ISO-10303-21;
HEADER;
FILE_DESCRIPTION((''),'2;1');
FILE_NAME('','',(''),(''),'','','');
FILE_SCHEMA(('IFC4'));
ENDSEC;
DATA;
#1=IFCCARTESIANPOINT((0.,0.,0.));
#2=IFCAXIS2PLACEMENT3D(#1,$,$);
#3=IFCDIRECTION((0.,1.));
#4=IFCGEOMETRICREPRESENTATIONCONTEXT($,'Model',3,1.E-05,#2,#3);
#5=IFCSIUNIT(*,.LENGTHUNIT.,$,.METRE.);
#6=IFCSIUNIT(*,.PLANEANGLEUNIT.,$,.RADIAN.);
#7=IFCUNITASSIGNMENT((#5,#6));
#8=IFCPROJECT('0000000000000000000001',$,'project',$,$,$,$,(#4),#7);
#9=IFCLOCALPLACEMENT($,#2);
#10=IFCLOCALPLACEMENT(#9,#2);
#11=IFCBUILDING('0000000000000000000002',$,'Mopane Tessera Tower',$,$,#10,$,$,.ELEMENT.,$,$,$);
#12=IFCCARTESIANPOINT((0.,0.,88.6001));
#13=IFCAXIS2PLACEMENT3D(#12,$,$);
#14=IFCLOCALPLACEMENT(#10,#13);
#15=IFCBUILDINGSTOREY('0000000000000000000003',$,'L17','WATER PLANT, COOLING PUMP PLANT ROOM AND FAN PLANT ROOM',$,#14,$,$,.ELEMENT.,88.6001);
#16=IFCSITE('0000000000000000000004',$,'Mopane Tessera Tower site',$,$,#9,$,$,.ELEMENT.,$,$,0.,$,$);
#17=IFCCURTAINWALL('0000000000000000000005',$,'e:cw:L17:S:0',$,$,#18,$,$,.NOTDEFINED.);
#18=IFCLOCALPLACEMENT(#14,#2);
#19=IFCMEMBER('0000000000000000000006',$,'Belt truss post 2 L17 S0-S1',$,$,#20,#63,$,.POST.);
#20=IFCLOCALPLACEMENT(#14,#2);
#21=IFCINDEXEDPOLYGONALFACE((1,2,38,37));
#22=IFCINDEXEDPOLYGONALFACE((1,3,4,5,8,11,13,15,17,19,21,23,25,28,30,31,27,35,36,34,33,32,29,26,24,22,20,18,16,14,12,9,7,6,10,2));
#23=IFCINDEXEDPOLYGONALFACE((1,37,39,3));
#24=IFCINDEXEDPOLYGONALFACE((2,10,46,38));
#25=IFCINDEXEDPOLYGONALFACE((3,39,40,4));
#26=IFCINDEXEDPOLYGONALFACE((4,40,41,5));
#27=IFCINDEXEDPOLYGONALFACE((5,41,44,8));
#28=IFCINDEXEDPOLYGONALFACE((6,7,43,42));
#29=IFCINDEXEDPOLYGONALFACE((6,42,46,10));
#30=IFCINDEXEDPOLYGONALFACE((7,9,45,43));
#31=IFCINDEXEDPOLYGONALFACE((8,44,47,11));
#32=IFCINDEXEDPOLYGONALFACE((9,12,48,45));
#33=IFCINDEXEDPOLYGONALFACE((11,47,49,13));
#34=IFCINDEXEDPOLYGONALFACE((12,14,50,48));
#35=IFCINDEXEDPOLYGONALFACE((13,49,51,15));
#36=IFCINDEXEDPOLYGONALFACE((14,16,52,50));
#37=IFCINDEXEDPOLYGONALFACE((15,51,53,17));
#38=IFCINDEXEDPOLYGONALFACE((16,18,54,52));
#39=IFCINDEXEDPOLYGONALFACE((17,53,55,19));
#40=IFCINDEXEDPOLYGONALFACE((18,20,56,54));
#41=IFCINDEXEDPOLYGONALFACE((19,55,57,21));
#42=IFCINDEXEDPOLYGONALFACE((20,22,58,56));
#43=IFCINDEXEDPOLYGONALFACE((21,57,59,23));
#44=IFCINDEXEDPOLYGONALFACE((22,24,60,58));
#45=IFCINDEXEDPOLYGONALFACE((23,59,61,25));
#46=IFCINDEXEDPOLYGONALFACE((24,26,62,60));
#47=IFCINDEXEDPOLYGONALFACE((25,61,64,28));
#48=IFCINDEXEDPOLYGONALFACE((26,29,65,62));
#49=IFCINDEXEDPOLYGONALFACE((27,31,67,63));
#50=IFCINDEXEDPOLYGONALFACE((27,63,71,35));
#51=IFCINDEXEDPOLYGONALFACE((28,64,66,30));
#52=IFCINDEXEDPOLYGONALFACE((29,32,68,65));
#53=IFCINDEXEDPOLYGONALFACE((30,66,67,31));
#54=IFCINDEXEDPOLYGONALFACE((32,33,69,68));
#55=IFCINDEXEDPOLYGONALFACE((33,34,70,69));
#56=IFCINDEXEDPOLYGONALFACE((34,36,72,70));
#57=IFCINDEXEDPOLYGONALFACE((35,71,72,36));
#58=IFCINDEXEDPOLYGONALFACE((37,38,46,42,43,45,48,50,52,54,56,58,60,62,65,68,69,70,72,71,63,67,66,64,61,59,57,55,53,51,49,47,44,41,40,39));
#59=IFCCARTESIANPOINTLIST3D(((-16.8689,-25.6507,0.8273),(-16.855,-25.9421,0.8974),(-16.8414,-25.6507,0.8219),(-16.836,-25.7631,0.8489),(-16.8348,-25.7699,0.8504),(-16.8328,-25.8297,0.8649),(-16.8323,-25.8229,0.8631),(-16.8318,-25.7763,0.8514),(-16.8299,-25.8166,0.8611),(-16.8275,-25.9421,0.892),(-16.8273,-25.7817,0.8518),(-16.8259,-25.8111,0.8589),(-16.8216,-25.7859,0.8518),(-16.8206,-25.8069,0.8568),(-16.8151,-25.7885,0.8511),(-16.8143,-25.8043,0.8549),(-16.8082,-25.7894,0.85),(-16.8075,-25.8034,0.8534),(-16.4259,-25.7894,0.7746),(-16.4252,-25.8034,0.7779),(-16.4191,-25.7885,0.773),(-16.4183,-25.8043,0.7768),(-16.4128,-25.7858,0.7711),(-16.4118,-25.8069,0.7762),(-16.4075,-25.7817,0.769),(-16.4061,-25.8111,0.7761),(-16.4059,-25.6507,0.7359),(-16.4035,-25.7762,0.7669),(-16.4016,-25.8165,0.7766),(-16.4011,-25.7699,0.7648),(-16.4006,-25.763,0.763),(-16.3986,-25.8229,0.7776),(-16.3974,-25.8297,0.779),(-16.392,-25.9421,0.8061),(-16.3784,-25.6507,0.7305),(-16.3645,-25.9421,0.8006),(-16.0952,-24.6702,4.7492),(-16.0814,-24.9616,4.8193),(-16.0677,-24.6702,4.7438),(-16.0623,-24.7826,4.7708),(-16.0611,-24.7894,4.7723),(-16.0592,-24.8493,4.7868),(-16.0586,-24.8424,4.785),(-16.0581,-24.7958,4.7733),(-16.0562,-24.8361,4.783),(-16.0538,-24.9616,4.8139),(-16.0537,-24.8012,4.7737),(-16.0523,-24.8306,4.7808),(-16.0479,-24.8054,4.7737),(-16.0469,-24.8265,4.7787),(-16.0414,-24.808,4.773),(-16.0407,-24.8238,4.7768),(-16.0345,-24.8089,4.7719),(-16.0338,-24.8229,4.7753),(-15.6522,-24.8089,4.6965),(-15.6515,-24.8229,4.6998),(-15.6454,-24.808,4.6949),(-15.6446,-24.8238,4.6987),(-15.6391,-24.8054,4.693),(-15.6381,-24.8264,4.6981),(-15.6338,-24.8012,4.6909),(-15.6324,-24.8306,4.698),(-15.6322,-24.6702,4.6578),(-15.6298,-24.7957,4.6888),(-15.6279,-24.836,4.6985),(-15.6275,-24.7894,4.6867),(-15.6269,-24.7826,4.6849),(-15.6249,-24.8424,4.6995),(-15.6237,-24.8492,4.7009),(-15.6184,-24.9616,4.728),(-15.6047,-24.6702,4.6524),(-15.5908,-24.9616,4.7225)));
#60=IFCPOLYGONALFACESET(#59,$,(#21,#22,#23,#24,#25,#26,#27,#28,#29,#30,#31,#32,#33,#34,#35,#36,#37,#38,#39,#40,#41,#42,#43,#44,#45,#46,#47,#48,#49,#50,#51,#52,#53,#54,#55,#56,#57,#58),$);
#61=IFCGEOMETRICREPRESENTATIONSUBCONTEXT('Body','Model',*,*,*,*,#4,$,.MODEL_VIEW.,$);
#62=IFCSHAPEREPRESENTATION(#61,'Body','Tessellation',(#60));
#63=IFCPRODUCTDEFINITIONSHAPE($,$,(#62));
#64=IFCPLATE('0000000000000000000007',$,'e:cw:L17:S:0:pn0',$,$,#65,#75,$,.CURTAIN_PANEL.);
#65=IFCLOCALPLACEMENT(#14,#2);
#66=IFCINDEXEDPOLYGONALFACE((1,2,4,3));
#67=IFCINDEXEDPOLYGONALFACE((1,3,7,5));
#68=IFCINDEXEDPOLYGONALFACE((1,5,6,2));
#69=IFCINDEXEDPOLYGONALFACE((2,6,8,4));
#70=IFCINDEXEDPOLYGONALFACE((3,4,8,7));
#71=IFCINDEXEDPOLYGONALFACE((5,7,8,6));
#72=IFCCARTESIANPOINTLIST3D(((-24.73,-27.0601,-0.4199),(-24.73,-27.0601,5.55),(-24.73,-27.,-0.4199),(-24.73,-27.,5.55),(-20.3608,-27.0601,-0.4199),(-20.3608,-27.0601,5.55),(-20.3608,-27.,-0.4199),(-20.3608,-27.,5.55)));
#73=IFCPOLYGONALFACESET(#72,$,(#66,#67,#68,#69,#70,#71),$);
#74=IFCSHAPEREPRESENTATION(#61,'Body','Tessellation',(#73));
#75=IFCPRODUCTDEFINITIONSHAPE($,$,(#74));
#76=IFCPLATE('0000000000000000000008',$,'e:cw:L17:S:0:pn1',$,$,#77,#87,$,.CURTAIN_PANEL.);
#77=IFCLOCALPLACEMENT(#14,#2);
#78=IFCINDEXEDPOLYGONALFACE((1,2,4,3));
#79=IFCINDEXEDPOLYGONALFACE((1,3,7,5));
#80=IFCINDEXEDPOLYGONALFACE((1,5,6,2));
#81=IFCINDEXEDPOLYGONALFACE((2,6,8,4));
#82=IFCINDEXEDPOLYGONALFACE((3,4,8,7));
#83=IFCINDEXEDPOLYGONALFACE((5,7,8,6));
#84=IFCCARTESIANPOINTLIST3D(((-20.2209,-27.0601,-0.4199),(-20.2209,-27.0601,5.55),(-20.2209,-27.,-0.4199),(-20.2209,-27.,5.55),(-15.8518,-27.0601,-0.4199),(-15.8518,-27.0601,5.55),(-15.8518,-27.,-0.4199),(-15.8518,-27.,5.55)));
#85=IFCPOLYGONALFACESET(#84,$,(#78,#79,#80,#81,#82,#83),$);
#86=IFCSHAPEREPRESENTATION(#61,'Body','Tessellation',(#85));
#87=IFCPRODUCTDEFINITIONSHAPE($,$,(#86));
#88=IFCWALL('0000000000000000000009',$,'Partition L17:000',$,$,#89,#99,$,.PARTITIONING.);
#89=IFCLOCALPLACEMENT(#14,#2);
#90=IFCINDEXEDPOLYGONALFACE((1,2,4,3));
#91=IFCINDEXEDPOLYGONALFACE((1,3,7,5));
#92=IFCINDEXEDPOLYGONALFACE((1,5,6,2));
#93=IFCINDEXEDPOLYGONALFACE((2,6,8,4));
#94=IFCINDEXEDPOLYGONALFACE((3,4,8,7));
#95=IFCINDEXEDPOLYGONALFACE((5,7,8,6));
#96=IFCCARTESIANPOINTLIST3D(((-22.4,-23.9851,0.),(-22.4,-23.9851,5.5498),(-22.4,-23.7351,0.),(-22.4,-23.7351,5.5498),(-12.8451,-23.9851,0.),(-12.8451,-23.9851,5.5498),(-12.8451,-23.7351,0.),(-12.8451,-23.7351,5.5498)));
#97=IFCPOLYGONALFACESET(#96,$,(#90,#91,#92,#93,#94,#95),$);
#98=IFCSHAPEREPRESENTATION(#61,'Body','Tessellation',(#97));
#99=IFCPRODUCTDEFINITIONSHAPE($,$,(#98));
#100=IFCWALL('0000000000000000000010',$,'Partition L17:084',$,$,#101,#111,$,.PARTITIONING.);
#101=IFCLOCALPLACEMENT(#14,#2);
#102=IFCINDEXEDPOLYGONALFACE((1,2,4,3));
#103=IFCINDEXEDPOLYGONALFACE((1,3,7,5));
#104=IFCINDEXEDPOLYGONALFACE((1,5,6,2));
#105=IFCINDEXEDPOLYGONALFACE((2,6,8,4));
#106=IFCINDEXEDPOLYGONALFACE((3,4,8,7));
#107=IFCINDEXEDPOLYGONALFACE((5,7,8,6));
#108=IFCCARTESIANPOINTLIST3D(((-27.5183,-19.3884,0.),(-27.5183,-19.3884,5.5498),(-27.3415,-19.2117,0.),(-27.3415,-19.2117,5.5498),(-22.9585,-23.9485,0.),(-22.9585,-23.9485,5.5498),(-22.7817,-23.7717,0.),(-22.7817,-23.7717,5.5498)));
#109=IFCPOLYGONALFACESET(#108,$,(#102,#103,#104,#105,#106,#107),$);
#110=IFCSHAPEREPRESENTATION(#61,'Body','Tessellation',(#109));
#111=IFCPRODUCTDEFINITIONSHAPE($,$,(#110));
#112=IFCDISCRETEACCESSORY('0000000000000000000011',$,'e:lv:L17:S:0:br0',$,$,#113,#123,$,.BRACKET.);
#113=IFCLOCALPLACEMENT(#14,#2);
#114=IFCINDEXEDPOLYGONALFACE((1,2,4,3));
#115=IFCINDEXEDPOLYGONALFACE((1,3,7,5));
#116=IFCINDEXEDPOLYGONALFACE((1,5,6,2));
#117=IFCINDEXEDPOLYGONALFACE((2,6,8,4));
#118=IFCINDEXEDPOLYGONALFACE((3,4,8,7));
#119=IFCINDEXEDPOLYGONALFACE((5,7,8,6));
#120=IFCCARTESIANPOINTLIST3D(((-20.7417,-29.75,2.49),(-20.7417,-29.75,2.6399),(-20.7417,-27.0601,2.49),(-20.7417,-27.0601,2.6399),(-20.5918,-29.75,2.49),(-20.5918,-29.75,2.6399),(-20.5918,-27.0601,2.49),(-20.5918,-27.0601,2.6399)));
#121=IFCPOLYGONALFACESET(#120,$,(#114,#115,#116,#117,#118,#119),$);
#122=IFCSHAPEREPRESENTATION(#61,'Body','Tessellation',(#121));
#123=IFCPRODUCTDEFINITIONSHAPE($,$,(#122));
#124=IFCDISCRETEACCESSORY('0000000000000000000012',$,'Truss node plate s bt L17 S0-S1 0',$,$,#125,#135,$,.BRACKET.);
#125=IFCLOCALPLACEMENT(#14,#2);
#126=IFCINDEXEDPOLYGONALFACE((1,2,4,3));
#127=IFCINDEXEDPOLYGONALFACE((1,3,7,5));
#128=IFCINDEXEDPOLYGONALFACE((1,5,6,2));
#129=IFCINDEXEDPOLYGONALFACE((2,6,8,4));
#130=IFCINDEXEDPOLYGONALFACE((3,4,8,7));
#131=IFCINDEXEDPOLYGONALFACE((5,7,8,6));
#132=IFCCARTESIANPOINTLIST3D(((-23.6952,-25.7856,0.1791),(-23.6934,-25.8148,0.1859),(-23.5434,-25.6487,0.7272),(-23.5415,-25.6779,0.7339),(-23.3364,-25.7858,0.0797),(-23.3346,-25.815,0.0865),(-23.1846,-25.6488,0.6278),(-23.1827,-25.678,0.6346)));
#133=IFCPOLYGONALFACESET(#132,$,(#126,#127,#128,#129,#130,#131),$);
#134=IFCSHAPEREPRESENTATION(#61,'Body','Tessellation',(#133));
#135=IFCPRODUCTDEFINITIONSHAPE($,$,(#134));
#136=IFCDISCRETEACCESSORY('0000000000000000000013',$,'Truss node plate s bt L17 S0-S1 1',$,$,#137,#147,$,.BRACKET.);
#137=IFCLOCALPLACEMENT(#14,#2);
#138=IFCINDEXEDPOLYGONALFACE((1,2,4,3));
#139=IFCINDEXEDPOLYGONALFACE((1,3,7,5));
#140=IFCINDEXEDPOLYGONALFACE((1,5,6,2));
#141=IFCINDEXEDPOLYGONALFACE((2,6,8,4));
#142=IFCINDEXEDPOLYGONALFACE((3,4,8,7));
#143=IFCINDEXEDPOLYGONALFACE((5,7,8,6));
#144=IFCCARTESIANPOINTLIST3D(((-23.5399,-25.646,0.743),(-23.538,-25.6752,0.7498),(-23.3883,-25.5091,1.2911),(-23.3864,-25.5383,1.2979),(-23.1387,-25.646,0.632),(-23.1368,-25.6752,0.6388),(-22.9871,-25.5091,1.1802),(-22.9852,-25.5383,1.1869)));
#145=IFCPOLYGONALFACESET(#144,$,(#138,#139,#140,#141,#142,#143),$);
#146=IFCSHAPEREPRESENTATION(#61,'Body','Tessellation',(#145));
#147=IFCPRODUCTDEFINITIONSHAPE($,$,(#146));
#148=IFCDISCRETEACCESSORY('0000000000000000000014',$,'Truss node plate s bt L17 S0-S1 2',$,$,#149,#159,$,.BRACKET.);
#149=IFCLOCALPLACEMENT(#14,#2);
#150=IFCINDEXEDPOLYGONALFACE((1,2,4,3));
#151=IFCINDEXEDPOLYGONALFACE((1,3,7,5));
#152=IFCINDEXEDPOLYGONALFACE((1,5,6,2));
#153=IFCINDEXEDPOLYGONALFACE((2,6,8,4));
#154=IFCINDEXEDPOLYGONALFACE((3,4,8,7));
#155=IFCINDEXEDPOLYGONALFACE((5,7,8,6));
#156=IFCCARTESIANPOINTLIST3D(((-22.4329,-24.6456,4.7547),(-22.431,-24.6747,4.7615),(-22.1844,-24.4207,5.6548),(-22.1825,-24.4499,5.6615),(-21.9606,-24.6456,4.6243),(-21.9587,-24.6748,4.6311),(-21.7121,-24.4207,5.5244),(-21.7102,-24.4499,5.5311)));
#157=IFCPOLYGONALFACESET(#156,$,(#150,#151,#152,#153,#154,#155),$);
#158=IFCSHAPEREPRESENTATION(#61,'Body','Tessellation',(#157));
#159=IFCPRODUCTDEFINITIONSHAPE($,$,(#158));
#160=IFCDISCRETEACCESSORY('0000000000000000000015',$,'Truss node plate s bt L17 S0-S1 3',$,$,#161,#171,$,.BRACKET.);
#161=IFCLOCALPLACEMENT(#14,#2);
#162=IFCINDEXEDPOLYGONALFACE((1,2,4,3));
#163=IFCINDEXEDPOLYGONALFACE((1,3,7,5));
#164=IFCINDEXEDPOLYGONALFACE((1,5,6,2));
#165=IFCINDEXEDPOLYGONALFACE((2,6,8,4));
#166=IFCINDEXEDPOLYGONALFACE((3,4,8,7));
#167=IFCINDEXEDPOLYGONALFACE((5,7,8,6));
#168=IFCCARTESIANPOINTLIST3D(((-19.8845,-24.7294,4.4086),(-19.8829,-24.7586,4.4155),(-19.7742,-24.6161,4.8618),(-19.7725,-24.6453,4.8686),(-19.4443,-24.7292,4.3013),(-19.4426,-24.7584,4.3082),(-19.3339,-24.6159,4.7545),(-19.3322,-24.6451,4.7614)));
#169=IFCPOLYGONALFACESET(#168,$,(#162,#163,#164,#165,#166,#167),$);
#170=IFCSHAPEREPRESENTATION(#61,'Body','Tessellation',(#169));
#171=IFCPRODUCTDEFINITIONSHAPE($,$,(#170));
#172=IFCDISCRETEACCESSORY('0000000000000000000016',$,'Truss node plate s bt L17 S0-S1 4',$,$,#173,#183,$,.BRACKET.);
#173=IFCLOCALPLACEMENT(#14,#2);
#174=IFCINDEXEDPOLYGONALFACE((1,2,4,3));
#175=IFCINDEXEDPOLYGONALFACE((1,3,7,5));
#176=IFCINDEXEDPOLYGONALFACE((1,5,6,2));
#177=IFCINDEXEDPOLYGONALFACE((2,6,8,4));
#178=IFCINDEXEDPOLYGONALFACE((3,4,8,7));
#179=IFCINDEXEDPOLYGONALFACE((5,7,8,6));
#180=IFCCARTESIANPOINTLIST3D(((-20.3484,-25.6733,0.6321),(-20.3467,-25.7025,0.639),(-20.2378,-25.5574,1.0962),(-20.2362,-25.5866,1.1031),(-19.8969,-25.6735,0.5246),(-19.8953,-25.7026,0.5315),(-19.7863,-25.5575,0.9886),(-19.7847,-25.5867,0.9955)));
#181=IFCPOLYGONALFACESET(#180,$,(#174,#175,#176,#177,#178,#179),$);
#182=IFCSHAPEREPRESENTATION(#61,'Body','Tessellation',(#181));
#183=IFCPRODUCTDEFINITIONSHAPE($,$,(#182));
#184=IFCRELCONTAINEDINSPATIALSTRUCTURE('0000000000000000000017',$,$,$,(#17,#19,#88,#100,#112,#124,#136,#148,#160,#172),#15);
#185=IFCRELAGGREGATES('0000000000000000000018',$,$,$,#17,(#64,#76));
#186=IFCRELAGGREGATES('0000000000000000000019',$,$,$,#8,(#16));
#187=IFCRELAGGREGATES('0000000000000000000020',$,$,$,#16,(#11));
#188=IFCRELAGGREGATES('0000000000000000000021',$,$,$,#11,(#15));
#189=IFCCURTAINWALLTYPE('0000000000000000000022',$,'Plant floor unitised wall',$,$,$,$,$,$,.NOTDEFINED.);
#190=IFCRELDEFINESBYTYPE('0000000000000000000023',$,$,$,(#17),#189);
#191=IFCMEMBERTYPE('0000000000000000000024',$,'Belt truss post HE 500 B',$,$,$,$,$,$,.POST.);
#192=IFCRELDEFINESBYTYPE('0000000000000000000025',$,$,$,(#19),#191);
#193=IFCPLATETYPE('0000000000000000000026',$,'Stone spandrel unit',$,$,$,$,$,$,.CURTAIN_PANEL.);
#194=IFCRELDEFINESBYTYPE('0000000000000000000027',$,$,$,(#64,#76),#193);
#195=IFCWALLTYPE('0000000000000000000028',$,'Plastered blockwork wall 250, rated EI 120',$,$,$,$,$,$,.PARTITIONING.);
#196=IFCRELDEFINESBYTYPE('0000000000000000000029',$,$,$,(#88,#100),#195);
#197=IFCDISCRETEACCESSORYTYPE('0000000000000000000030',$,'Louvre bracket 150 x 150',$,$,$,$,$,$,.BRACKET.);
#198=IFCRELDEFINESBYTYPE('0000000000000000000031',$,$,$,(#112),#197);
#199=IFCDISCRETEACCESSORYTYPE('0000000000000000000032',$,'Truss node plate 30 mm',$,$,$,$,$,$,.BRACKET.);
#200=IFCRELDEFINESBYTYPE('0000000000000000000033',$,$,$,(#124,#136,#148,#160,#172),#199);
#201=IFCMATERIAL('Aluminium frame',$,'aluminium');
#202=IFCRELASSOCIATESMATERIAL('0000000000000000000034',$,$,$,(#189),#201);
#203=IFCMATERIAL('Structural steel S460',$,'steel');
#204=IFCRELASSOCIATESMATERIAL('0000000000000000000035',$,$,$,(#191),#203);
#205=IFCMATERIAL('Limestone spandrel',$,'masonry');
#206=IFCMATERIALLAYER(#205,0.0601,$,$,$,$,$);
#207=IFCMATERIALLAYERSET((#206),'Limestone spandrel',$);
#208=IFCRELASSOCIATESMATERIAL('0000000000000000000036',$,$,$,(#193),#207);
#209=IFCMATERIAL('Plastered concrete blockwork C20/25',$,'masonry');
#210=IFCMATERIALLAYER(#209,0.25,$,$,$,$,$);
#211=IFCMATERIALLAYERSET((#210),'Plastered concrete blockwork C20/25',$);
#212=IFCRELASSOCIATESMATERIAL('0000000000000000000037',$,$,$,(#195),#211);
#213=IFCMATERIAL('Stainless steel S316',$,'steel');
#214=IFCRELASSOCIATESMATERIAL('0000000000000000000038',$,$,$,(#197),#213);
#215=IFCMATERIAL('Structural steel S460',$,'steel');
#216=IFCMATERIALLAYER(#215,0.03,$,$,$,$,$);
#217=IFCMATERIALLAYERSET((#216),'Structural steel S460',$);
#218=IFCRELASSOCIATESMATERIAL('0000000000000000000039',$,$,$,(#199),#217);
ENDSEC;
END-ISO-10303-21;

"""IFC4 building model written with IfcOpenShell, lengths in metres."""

from ifc_helpers import new_model, si_unit, direction, frame, frame_2d, origin, origin_2d, place, context, subcontext, project, spatial, rectangle, i_section, extrude, material, layer, layer_set, material_profile, profile_set, type_object, element, aggregate, save


model = new_model("IFC4")

# Units and contexts
model_context = context("Model", 3, precision=1e-05, world=origin(), true_north=direction((0.0, 1.0)))
body_context = subcontext(model_context, "Body", "Model", "MODEL_VIEW")
ifc_project = project(units=[si_unit("LENGTHUNIT", "METRE"), si_unit("PLANEANGLEUNIT", "RADIAN")], contexts=[model_context])

# Site, building, storey
site_placement = place(None, origin())
site = spatial("IfcSite", under=ifc_project, at=site_placement, Name="Mopane Tessera Tower site", CompositionType="ELEMENT", RefElevation=0.0)
building_placement = place(site_placement, origin())
building = spatial("IfcBuilding", under=site, at=building_placement, Name="Mopane Tessera Tower", CompositionType="ELEMENT")
storey_placement = place(building_placement, frame((0.0, 0.0, 88.6001)))
storey = spatial("IfcBuildingStorey", under=building, at=storey_placement, Name="L17", Description="WATER PLANT, COOLING PUMP PLANT ROOM AND FAN PLANT ROOM", CompositionType="ELEMENT", Elevation=88.6001)

# Curtain wall
ifc_material_1 = material(Name="Aluminium frame", Category="aluminium")
curtain_wall_type = type_object("IfcCurtainWallType", Name="Plant floor unitised wall", PredefinedType="NOTDEFINED", material=ifc_material_1)
curtain_wall_placement = place(storey_placement, origin())
curtain_wall = element("IfcCurtainWall", 1, at=curtain_wall_placement, inside=storey, type_object=curtain_wall_type, Name="e:cw:L17:S:0", PredefinedType="NOTDEFINED")

# Member
ifc_material_2 = material(Name="Structural steel S460", Category="steel")
ifc_material_profile_1 = material_profile(ifc_material_2, i_section(OverallWidth=0.3, OverallDepth=0.5, WebThickness=0.0144, FlangeThickness=0.0281, FilletRadius=0.0271, at=origin_2d()))
ifc_profile_set_1 = profile_set([ifc_material_profile_1], Name="Structural steel S460")
member_type_1 = type_object("IfcMemberType", Name="Belt truss post HE 500 B", PredefinedType="POST", material=ifc_profile_set_1)
member_1_placement = place(storey_placement, frame((-16.6167, -25.7964, 0.814), z_axis=(0.187972, 0.238212, 0.952849), x_axis=(-0.046212, 0.971213, -0.233687)))
element("IfcMember", 2, at=member_1_placement, inside=storey, type_object=member_type_1, Name="Belt truss post 2 L17 S0-S1", PredefinedType="POST", context=body_context, shape_type="SweptSolid", body=[
    extrude(i_section(OverallWidth=0.3, OverallDepth=0.5, WebThickness=0.0144, FlangeThickness=0.0281, FilletRadius=0.0271, at=origin_2d()), origin(), (0.0, 0.0, 1.0), 4.116),
])

# Plates
ifc_material_3 = material(Name="Limestone spandrel", Category="masonry")
ifc_layer_1 = layer(ifc_material_3, 0.0601)
ifc_layer_set_1 = layer_set([ifc_layer_1], Name="Limestone spandrel")
plate_type = type_object("IfcPlateType", Name="Stone spandrel unit", PredefinedType="CURTAIN_PANEL", material=ifc_layer_set_1)
plate_1_placement = place(storey_placement, frame((-22.5454, -27.03, -0.4199), z_axis=(0.0, 0.0, 1.0), x_axis=(1.0, 0.0, 0.0)))
plate_1 = element("IfcPlate", 3, at=plate_1_placement, type_object=plate_type, Name="e:cw:L17:S:0:pn0", PredefinedType="CURTAIN_PANEL", context=body_context, shape_type="SweptSolid", body=[
    extrude(rectangle(XDim=4.3691, YDim=0.0601, at=origin_2d()), origin(), (0.0, 0.0, 1.0), 5.97),
])
plate_2_placement = place(storey_placement, frame((-18.0364, -27.03, -0.4199), z_axis=(0.0, 0.0, 1.0), x_axis=(1.0, 0.0, 0.0)))
plate_2 = element("IfcPlate", 4, at=plate_2_placement, type_object=plate_type, Name="e:cw:L17:S:0:pn1", PredefinedType="CURTAIN_PANEL", context=body_context, shape_type="SweptSolid", body=[
    extrude(rectangle(XDim=4.3691, YDim=0.0601, at=origin_2d()), origin(), (0.0, 0.0, 1.0), 5.97),
])
aggregate(curtain_wall, [plate_1, plate_2])

# Walls
ifc_material_4 = material(Name="Plastered concrete blockwork C20/25", Category="masonry")
ifc_layer_2 = layer(ifc_material_4, 0.25)
ifc_layer_set_2 = layer_set([ifc_layer_2], Name="Plastered concrete blockwork C20/25")
wall_type = type_object("IfcWallType", Name="Plastered blockwork wall 250, rated EI 120", PredefinedType="PARTITIONING", material=ifc_layer_set_2)
wall_1_placement = place(storey_placement, frame((-22.3999, -23.8601, 0.0), z_axis=(0.0, 0.0, 1.0), x_axis=(1.0, 0.0, 0.0)))
element("IfcWall", 5, at=wall_1_placement, inside=storey, type_object=wall_type, Name="Partition L17:000", PredefinedType="PARTITIONING", context=body_context, shape_type="SweptSolid", body=[
    extrude(rectangle(XDim=9.5549, YDim=0.25, at=frame_2d((4.7773, 0.0))), origin(), (0.0, 0.0, 1.0), 5.5498),
])
wall_2_placement = place(storey_placement, frame((-22.8701, -23.8601, 0.0), z_axis=(0.0, 0.0, 1.0), x_axis=(-0.707088, 0.707126, 0.0)))
element("IfcWall", 6, at=wall_2_placement, inside=storey, type_object=wall_type, Name="Partition L17:084", PredefinedType="PARTITIONING", context=body_context, shape_type="SweptSolid", body=[
    extrude(rectangle(XDim=6.4487, YDim=0.25, at=frame_2d((3.2244, 0.0))), origin(), (0.0, 0.0, 1.0), 5.5498),
])

# Discrete accessories
ifc_material_5 = material(Name="Stainless steel S316", Category="steel")
discrete_accessory_type_1 = type_object("IfcDiscreteAccessoryType", Name="Louvre bracket 150 x 150", PredefinedType="BRACKET", material=ifc_material_5)
discrete_accessory_1_placement = place(storey_placement, frame((-20.6667, -28.405, 2.49), z_axis=(0.0, 0.0, 1.0), x_axis=(0.0, -1.0, 0.0)))
element("IfcDiscreteAccessory", 7, at=discrete_accessory_1_placement, inside=storey, type_object=discrete_accessory_type_1, Name="e:lv:L17:S:0:br0", PredefinedType="BRACKET", context=body_context, shape_type="SweptSolid", body=[
    extrude(rectangle(XDim=2.6899, YDim=0.1499, at=origin_2d()), origin(), (0.0, 0.0, 1.0), 0.1499),
])
ifc_material_6 = material(Name="Structural steel S460", Category="steel")
ifc_layer_3 = layer(ifc_material_6, 0.03)
ifc_layer_set_3 = layer_set([ifc_layer_3], Name="Structural steel S460")
discrete_accessory_type_2 = type_object("IfcDiscreteAccessoryType", Name="Truss node plate 30 mm", PredefinedType="BRACKET", material=ifc_layer_set_3)
discrete_accessory_2_placement = place(storey_placement, frame((-23.5149, -25.8003, 0.1328), z_axis=(0.259581, 0.234124, 0.936912), x_axis=(-0.062173, 0.972207, -0.225718)))
element("IfcDiscreteAccessory", 8, at=discrete_accessory_2_placement, inside=storey, type_object=discrete_accessory_type_2, Name="Truss node plate s bt L17 S0-S1 0", PredefinedType="BRACKET", context=body_context, shape_type="SweptSolid", body=[
    extrude(rectangle(XDim=0.03, YDim=0.3723, at=origin_2d()), origin(), (0.0, 0.0, 1.0), 0.585),
])
discrete_accessory_3_placement = place(storey_placement, frame((-23.3384, -25.6606, 0.6909), z_axis=(0.259192, 0.234149, 0.937013), x_axis=(-0.062426, 0.972201, -0.225674)))
element("IfcDiscreteAccessory", 9, at=discrete_accessory_3_placement, inside=storey, type_object=discrete_accessory_type_2, Name="Truss node plate s bt L17 S0-S1 1", PredefinedType="BRACKET", context=body_context, shape_type="SweptSolid", body=[
    extrude(rectangle(XDim=0.03, YDim=0.4163, at=origin_2d()), origin(), (0.0, 0.0, 1.0), 0.585),
])
discrete_accessory_4_placement = place(storey_placement, frame((-22.1958, -24.6602, 4.6929), z_axis=(0.258751, 0.234096, 0.937148), x_axis=(-0.062276, 0.972213, -0.225661)))
element("IfcDiscreteAccessory", 10, at=discrete_accessory_4_placement, inside=storey, type_object=discrete_accessory_type_2, Name="Truss node plate s bt L17 S0-S1 2", PredefinedType="BRACKET", context=body_context, shape_type="SweptSolid", body=[
    extrude(rectangle(XDim=0.03, YDim=0.49, at=origin_2d()), origin(), (0.0, 0.0, 1.0), 0.9604),
])
discrete_accessory_5_placement = place(storey_placement, frame((-19.6636, -24.7439, 4.3584), z_axis=(0.229933, 0.236037, 0.944149), x_axis=(-0.056309, 0.971744, -0.229223)))
element("IfcDiscreteAccessory", 11, at=discrete_accessory_5_placement, inside=storey, type_object=discrete_accessory_type_2, Name="Truss node plate s bt L17 S0-S1 3", PredefinedType="BRACKET", context=body_context, shape_type="SweptSolid", body=[
    extrude(rectangle(XDim=0.03, YDim=0.4531, at=origin_2d()), origin(), (0.0, 0.0, 1.0), 0.48),
])
discrete_accessory_6_placement = place(storey_placement, frame((-20.1218, -25.688, 0.5818), z_axis=(0.225247, 0.236186, 0.945241), x_axis=(-0.054473, 0.971708, -0.229818)))
element("IfcDiscreteAccessory", 12, at=discrete_accessory_6_placement, inside=storey, type_object=discrete_accessory_type_2, Name="Truss node plate s bt L17 S0-S1 4", PredefinedType="BRACKET", context=body_context, shape_type="SweptSolid", body=[
    extrude(rectangle(XDim=0.03, YDim=0.4641, at=origin_2d()), origin(), (0.0, 0.0, 1.0), 0.491),
])

save(model, "model.ifc")
